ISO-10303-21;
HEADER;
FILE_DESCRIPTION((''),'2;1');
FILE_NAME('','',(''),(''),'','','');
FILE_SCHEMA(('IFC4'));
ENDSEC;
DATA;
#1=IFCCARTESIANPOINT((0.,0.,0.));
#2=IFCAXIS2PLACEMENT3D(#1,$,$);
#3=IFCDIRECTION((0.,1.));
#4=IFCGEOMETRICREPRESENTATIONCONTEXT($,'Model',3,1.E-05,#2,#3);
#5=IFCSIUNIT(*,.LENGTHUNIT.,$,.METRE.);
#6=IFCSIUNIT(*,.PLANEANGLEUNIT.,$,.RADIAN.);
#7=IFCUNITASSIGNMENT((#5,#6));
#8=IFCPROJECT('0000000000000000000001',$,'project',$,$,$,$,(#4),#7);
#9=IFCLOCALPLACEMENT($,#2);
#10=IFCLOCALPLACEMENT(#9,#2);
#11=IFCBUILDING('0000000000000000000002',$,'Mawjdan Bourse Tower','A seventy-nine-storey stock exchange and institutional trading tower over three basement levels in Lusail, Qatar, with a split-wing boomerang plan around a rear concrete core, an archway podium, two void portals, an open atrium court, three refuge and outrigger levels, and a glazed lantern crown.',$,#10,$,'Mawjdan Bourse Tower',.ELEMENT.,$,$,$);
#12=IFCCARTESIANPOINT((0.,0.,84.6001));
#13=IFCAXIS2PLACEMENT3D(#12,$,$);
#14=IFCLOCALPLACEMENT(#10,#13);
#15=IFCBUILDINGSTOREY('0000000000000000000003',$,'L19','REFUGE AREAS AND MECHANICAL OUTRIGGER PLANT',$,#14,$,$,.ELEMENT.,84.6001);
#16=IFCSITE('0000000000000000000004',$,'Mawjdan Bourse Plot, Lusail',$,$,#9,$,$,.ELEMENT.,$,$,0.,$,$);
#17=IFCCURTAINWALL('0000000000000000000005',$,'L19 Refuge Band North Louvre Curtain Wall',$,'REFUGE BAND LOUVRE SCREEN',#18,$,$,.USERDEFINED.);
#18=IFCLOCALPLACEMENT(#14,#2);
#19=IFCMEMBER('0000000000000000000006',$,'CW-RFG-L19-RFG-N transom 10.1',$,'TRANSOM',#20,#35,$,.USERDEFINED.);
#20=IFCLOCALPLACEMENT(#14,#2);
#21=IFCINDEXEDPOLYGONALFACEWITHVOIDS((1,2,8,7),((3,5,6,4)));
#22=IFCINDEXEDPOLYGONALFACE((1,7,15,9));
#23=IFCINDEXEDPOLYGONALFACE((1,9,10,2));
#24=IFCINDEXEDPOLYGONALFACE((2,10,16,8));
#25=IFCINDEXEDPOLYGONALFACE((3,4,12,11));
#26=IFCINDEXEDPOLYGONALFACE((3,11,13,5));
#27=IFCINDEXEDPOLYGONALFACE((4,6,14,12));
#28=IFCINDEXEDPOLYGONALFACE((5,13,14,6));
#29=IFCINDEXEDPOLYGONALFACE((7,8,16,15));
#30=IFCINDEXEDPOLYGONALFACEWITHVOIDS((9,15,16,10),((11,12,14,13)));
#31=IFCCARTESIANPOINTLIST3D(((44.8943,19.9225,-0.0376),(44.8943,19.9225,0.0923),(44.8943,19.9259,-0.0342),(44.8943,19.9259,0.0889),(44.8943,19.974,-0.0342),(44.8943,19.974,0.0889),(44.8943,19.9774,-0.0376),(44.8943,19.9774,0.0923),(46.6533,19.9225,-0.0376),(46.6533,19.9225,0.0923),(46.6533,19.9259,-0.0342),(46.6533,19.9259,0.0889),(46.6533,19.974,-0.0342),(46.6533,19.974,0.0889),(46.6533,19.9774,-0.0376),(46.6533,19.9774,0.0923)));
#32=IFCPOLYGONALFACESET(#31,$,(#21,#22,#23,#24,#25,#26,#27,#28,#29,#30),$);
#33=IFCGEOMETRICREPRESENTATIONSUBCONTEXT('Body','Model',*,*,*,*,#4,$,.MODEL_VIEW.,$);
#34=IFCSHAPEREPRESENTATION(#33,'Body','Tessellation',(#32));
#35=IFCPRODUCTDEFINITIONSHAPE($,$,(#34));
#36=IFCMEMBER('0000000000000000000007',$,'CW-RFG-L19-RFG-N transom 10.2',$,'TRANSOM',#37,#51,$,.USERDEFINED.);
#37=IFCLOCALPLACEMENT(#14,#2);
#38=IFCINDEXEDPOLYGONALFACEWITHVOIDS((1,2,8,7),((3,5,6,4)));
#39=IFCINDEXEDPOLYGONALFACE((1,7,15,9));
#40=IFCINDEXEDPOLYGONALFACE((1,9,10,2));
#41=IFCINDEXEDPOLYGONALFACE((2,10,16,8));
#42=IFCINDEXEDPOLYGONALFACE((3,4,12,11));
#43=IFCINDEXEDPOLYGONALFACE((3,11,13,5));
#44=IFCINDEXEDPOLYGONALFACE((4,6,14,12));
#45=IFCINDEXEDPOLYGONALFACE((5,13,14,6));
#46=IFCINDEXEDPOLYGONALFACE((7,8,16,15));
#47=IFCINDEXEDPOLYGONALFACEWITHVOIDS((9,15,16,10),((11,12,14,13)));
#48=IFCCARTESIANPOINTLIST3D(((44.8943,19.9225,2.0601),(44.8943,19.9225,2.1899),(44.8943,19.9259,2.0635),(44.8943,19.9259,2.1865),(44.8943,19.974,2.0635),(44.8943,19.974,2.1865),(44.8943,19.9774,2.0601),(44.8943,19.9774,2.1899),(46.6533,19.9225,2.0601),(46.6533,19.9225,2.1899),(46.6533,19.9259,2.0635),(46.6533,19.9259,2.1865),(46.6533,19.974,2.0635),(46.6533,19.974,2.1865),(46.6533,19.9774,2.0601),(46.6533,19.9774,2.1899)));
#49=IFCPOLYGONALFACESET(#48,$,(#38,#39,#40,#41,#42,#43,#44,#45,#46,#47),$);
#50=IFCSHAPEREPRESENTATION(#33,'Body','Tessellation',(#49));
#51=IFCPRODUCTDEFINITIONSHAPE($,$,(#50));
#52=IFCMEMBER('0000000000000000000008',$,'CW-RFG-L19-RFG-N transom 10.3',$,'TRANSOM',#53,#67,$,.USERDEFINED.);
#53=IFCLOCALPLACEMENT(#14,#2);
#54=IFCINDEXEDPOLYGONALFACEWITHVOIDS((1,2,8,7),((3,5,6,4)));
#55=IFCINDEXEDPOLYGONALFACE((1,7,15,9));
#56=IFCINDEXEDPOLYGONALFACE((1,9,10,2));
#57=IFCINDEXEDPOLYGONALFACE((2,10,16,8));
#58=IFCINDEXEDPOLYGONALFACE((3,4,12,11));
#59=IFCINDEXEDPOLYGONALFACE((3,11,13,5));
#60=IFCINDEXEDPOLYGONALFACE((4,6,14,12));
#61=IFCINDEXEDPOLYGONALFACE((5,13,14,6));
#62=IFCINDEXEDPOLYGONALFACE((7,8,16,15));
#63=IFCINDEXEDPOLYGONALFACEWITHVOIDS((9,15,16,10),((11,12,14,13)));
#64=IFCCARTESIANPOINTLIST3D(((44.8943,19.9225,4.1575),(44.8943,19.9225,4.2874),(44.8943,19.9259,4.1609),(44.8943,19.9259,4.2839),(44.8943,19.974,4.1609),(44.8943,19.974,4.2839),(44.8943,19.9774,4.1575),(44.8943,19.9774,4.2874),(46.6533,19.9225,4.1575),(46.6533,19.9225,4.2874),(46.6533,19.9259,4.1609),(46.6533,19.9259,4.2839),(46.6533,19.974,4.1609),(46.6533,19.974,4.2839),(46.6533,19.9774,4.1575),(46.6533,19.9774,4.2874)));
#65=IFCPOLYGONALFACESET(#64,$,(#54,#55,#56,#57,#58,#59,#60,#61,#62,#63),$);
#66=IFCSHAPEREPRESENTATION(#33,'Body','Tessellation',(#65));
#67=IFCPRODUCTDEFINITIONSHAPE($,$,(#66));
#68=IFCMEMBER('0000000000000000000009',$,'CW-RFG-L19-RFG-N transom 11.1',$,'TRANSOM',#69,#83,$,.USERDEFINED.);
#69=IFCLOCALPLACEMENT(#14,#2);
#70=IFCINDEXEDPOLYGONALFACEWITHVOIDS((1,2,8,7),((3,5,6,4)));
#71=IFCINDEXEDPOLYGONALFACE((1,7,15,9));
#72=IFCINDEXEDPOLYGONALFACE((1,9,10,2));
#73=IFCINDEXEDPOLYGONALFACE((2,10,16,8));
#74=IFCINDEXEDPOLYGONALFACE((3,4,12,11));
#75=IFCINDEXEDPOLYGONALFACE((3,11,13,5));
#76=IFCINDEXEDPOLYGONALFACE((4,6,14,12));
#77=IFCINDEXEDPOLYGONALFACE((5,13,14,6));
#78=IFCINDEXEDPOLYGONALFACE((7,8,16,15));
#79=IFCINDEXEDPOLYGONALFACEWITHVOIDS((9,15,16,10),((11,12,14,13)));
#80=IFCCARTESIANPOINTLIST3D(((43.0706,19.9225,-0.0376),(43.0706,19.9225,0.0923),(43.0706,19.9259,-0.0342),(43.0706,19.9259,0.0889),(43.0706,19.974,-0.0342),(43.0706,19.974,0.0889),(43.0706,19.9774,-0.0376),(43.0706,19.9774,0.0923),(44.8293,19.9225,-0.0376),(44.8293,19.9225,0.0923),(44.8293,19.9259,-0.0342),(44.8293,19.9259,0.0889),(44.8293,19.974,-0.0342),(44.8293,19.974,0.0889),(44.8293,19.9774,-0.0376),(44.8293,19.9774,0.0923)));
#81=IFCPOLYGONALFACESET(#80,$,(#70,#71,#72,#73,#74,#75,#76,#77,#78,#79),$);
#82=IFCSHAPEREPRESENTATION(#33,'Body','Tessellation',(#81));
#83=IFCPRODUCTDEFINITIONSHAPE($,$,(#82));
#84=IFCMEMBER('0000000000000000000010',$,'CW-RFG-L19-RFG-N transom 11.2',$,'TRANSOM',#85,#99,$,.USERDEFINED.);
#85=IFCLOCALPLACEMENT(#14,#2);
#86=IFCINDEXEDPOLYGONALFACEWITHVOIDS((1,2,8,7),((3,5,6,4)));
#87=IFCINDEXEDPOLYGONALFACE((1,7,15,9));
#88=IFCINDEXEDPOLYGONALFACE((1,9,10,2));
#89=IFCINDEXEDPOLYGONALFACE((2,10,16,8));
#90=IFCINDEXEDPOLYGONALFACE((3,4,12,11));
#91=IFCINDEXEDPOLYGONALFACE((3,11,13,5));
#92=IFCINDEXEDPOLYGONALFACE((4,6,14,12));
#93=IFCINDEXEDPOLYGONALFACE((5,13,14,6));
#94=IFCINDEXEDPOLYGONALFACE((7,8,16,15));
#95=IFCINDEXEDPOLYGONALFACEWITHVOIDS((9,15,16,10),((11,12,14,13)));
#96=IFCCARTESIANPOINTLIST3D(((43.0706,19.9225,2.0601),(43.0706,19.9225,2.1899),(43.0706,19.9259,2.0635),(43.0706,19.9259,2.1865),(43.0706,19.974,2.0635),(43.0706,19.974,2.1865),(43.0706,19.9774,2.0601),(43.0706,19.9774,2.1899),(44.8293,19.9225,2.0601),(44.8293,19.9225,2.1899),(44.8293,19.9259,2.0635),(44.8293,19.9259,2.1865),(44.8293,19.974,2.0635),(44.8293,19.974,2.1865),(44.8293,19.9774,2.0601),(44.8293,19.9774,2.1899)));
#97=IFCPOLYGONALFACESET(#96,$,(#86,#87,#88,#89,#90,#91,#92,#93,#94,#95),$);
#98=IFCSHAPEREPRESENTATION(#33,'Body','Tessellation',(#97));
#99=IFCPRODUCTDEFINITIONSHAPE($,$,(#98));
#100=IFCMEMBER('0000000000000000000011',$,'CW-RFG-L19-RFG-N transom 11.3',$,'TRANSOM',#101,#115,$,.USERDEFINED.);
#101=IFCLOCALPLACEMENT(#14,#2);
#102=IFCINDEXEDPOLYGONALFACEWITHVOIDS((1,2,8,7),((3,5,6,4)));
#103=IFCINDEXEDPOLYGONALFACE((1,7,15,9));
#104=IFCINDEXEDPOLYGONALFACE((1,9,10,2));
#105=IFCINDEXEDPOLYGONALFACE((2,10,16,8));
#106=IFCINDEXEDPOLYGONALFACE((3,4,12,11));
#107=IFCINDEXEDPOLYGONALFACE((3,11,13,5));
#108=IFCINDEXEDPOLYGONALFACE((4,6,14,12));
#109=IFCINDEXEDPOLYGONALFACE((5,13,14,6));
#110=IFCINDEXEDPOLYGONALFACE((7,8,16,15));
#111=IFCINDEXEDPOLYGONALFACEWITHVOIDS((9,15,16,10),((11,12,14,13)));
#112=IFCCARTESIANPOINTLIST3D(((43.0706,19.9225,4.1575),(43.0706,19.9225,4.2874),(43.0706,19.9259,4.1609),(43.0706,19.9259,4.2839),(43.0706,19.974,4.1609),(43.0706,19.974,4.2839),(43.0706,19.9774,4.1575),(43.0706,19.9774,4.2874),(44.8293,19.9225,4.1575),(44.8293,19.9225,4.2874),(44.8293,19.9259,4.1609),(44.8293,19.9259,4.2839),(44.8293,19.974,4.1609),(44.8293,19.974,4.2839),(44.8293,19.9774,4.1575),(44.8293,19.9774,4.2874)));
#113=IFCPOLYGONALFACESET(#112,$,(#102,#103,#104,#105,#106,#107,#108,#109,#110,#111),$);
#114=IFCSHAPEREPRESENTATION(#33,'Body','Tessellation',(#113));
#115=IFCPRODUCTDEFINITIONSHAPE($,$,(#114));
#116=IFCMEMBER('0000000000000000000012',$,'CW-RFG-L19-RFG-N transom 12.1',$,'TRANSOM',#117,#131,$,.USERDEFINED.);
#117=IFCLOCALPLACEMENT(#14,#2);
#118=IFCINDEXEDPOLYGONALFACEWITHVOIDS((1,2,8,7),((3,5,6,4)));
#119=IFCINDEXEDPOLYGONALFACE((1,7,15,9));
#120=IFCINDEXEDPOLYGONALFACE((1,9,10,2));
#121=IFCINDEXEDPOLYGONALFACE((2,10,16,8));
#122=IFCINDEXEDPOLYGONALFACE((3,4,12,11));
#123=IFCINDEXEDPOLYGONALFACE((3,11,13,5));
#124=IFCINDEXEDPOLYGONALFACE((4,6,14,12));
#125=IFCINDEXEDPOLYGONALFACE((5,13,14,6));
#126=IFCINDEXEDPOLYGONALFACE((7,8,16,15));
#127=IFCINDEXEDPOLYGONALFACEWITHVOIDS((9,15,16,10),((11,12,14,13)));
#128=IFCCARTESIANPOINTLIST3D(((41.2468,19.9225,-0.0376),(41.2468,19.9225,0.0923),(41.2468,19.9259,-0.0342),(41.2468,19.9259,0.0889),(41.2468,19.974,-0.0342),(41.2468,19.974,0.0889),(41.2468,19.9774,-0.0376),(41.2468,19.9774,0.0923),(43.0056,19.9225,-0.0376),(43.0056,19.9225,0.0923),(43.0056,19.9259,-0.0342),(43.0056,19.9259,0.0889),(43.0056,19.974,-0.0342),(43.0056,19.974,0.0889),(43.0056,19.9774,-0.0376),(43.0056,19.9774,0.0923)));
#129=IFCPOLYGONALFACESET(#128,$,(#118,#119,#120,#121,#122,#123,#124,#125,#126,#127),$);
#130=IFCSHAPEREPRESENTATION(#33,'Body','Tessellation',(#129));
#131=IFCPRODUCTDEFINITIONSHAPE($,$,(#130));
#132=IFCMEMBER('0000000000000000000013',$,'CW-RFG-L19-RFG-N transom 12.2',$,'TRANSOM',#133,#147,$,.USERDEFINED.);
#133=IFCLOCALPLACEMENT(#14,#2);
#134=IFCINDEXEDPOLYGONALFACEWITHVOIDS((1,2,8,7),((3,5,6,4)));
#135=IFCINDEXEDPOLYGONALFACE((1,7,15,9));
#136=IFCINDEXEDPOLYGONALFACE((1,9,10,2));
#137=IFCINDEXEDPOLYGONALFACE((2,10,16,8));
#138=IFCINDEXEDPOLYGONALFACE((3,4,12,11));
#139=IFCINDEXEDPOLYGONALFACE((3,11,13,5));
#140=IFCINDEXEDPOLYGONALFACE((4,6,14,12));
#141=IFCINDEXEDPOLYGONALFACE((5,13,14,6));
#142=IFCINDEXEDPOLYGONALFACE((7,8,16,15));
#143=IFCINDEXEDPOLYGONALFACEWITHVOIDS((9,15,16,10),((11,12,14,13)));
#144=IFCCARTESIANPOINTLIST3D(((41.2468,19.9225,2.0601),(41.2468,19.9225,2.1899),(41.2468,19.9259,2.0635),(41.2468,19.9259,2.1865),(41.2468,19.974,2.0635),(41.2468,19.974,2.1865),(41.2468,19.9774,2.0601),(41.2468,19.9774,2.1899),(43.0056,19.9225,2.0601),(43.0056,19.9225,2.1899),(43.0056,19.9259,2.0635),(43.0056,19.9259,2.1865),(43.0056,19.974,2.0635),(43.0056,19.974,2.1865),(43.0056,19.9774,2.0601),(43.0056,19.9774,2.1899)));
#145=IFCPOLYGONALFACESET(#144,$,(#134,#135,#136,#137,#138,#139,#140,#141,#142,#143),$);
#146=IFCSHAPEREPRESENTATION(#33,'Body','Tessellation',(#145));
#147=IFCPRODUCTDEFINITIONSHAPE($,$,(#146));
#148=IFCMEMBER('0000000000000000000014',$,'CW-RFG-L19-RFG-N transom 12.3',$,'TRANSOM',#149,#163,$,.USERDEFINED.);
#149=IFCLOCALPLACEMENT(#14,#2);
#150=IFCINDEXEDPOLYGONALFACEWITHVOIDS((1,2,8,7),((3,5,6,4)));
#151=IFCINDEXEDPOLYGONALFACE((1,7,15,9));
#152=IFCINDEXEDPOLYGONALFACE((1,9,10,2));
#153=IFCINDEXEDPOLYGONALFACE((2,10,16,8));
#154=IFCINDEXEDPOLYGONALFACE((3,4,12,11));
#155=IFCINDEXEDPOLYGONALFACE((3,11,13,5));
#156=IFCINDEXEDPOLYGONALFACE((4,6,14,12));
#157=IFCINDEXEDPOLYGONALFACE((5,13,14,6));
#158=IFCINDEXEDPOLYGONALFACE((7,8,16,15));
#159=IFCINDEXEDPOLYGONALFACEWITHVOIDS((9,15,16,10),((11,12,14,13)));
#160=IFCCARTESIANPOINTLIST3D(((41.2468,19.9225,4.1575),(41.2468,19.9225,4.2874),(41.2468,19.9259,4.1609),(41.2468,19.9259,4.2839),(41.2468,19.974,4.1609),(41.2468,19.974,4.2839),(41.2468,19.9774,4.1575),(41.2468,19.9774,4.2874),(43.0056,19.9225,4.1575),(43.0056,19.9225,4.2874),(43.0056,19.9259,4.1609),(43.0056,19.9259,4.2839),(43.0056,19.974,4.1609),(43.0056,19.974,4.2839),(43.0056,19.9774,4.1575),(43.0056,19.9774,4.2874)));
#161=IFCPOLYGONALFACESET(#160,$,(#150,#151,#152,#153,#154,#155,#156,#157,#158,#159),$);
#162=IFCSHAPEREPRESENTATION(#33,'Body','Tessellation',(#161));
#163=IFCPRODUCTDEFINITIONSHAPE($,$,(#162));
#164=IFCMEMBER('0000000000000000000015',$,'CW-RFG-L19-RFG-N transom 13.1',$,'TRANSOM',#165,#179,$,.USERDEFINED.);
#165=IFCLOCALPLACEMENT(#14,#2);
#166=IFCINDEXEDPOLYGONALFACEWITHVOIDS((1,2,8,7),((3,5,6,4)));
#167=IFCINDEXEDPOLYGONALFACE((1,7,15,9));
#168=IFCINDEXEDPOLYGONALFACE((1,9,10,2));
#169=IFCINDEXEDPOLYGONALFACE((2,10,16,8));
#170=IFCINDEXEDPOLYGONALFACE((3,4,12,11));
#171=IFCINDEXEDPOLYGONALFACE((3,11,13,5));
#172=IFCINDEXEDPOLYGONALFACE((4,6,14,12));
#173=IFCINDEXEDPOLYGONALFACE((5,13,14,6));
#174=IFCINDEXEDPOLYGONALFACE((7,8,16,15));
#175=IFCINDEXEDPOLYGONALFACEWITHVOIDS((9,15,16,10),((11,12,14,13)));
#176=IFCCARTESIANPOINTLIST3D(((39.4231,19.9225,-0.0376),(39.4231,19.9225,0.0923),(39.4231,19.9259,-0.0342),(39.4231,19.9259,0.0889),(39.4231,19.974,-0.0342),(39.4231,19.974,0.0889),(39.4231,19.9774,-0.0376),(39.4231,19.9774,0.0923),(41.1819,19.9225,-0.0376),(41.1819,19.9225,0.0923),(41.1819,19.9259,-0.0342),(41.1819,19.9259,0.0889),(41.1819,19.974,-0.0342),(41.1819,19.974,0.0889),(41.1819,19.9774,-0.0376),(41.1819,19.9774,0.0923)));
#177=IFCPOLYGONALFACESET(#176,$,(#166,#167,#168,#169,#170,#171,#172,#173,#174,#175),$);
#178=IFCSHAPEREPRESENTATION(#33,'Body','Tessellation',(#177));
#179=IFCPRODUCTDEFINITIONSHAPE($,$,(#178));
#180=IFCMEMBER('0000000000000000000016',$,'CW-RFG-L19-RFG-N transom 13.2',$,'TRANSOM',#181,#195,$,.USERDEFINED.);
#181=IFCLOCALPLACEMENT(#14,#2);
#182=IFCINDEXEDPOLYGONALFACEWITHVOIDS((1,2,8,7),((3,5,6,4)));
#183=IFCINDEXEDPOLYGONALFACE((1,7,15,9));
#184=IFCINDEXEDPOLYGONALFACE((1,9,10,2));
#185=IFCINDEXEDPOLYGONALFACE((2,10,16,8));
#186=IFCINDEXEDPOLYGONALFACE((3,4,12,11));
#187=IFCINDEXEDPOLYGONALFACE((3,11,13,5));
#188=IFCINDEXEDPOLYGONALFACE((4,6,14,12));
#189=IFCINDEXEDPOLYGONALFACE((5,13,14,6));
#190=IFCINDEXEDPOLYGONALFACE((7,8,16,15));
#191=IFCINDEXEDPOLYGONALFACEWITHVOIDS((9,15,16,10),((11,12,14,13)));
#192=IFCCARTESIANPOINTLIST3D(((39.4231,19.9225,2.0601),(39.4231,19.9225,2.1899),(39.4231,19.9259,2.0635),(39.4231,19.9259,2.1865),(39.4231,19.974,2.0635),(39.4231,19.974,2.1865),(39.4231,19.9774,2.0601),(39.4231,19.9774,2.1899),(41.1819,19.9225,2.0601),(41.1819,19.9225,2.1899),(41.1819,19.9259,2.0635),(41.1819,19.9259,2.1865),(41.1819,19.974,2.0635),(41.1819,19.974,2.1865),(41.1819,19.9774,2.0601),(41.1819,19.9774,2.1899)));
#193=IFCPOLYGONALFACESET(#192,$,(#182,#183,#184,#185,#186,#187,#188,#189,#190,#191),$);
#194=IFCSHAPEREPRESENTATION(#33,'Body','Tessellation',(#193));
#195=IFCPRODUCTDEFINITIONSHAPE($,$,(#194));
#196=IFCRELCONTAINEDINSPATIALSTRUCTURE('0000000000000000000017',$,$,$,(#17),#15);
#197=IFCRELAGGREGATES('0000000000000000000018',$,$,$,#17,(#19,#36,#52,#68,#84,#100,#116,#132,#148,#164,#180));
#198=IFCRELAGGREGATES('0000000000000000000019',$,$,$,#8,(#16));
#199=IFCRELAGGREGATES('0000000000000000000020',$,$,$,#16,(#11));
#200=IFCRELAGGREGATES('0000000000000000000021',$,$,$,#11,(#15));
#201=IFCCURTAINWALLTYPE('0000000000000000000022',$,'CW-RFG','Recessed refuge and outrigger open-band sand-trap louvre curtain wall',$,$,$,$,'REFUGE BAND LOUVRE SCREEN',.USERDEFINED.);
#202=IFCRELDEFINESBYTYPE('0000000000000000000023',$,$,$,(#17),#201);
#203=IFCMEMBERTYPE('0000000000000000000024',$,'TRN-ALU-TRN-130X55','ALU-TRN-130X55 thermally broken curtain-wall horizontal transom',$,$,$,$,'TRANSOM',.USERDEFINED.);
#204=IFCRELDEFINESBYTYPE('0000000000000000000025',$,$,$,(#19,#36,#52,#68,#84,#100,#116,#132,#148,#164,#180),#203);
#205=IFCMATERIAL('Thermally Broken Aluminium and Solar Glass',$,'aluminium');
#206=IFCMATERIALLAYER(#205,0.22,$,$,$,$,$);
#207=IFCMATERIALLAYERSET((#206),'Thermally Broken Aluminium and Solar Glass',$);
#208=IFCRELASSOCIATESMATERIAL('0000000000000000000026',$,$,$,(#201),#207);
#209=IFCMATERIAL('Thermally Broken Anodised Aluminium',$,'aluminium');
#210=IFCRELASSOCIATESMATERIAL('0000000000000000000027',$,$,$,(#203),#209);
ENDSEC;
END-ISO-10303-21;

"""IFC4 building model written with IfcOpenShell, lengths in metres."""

from ifc_helpers import new_model, si_unit, direction, frame, origin, origin_2d, place, context, subcontext, project, spatial, hollow_rectangle, extrude, material, layer, layer_set, material_profile, profile_set, type_object, element, aggregate, save


model = new_model("IFC4")

# Units and contexts
model_context = context("Model", 3, precision=1e-05, world=origin(), true_north=direction((0.0, 1.0)))
body_context = subcontext(model_context, "Body", "Model", "MODEL_VIEW")
ifc_project = project(units=[si_unit("LENGTHUNIT", "METRE"), si_unit("PLANEANGLEUNIT", "RADIAN")], contexts=[model_context])

# Site, building, storey
site_placement = place(None, origin())
site = spatial("IfcSite", under=ifc_project, at=site_placement, Name="Mawjdan Bourse Plot, Lusail", CompositionType="ELEMENT", RefElevation=0.0)
building_placement = place(site_placement, origin())
building = spatial("IfcBuilding", under=site, at=building_placement, Name="Mawjdan Bourse Tower", Description="A seventy-nine-storey stock exchange and institutional trading tower over three basement levels in Lusail, Qatar, with a split-wing boomerang plan around a rear concrete core, an archway podium, two void portals, an open atrium court, three refuge and outrigger levels, and a glazed lantern crown.", LongName="Mawjdan Bourse Tower", CompositionType="ELEMENT")
storey_placement = place(building_placement, frame((0.0, 0.0, 84.6001)))
storey = spatial("IfcBuildingStorey", under=building, at=storey_placement, Name="L19", Description="REFUGE AREAS AND MECHANICAL OUTRIGGER PLANT", CompositionType="ELEMENT", Elevation=84.6001)

# Curtain wall
ifc_material_1 = material(Name="Thermally Broken Aluminium and Solar Glass", Category="aluminium")
ifc_layer_1 = layer(ifc_material_1, 0.22)
ifc_layer_set_1 = layer_set([ifc_layer_1], Name="Thermally Broken Aluminium and Solar Glass")
curtain_wall_type = type_object("IfcCurtainWallType", Name="CW-RFG", Description="Recessed refuge and outrigger open-band sand-trap louvre curtain wall", ElementType="REFUGE BAND LOUVRE SCREEN", PredefinedType="USERDEFINED", material=ifc_layer_set_1)
curtain_wall_placement = place(storey_placement, origin())
curtain_wall = element("IfcCurtainWall", 1, at=curtain_wall_placement, inside=storey, type_object=curtain_wall_type, Name="L19 Refuge Band North Louvre Curtain Wall", ObjectType="REFUGE BAND LOUVRE SCREEN", PredefinedType="USERDEFINED")
ifc_material_2 = material(Name="Thermally Broken Anodised Aluminium", Category="aluminium")

# Members
ifc_material_profile_1 = material_profile(ifc_material_2, hollow_rectangle(XDim=0.0549, YDim=0.1299, WallThickness=0.0034, at=origin_2d()), Name="ALU-TRN-130X55")
ifc_profile_set_1 = profile_set([ifc_material_profile_1], Name="Thermally Broken Anodised Aluminium")
member_type_1 = type_object("IfcMemberType", Name="TRN-ALU-TRN-130X55", Description="ALU-TRN-130X55 thermally broken curtain-wall horizontal transom", ElementType="TRANSOM", PredefinedType="USERDEFINED", material=ifc_profile_set_1)
member_1_placement = place(storey_placement, frame((46.6533, 19.95, 0.0273), z_axis=(-1.0, 0.0, 0.0), x_axis=(0.0, -1.0, 0.0)))
member_1 = element("IfcMember", 2, at=member_1_placement, type_object=member_type_1, Name="CW-RFG-L19-RFG-N transom 10.1", ObjectType="TRANSOM", PredefinedType="USERDEFINED", context=body_context, shape_type="SweptSolid", body=[
    extrude(hollow_rectangle(XDim=0.0549, YDim=0.1299, WallThickness=0.0034, at=origin_2d()), origin(), (0.0, 0.0, 1.0), 1.759),
])
member_2_placement = place(storey_placement, frame((46.6533, 19.95, 2.125), z_axis=(-1.0, 0.0, 0.0), x_axis=(0.0, -1.0, 0.0)))
member_2 = element("IfcMember", 3, at=member_2_placement, type_object=member_type_1, Name="CW-RFG-L19-RFG-N transom 10.2", ObjectType="TRANSOM", PredefinedType="USERDEFINED", context=body_context, shape_type="SweptSolid", body=[
    extrude(hollow_rectangle(XDim=0.0549, YDim=0.1299, WallThickness=0.0034, at=origin_2d()), origin(), (0.0, 0.0, 1.0), 1.759),
])
member_3_placement = place(storey_placement, frame((46.6533, 19.95, 4.2224), z_axis=(-1.0, 0.0, 0.0), x_axis=(0.0, -1.0, 0.0)))
member_3 = element("IfcMember", 4, at=member_3_placement, type_object=member_type_1, Name="CW-RFG-L19-RFG-N transom 10.3", ObjectType="TRANSOM", PredefinedType="USERDEFINED", context=body_context, shape_type="SweptSolid", body=[
    extrude(hollow_rectangle(XDim=0.0549, YDim=0.1299, WallThickness=0.0034, at=origin_2d()), origin(), (0.0, 0.0, 1.0), 1.759),
])
member_4_placement = place(storey_placement, frame((44.8293, 19.95, 0.0273), z_axis=(-1.0, 0.0, 0.0), x_axis=(0.0, -1.0, 0.0)))
member_4 = element("IfcMember", 5, at=member_4_placement, type_object=member_type_1, Name="CW-RFG-L19-RFG-N transom 11.1", ObjectType="TRANSOM", PredefinedType="USERDEFINED", context=body_context, shape_type="SweptSolid", body=[
    extrude(hollow_rectangle(XDim=0.0549, YDim=0.1299, WallThickness=0.0034, at=origin_2d()), origin(), (0.0, 0.0, 1.0), 1.7588),
])
member_5_placement = place(storey_placement, frame((44.8293, 19.95, 2.125), z_axis=(-1.0, 0.0, 0.0), x_axis=(0.0, -1.0, 0.0)))
member_5 = element("IfcMember", 6, at=member_5_placement, type_object=member_type_1, Name="CW-RFG-L19-RFG-N transom 11.2", ObjectType="TRANSOM", PredefinedType="USERDEFINED", context=body_context, shape_type="SweptSolid", body=[
    extrude(hollow_rectangle(XDim=0.0549, YDim=0.1299, WallThickness=0.0034, at=origin_2d()), origin(), (0.0, 0.0, 1.0), 1.7588),
])
member_6_placement = place(storey_placement, frame((44.8293, 19.95, 4.2224), z_axis=(-1.0, 0.0, 0.0), x_axis=(0.0, -1.0, 0.0)))
member_6 = element("IfcMember", 7, at=member_6_placement, type_object=member_type_1, Name="CW-RFG-L19-RFG-N transom 11.3", ObjectType="TRANSOM", PredefinedType="USERDEFINED", context=body_context, shape_type="SweptSolid", body=[
    extrude(hollow_rectangle(XDim=0.0549, YDim=0.1299, WallThickness=0.0034, at=origin_2d()), origin(), (0.0, 0.0, 1.0), 1.7588),
])
member_7_placement = place(storey_placement, frame((43.0056, 19.95, 0.0273), z_axis=(-1.0, 0.0, 0.0), x_axis=(0.0, -1.0, 0.0)))
member_7 = element("IfcMember", 8, at=member_7_placement, type_object=member_type_1, Name="CW-RFG-L19-RFG-N transom 12.1", ObjectType="TRANSOM", PredefinedType="USERDEFINED", context=body_context, shape_type="SweptSolid", body=[
    extrude(hollow_rectangle(XDim=0.0549, YDim=0.1299, WallThickness=0.0034, at=origin_2d()), origin(), (0.0, 0.0, 1.0), 1.7588),
])
member_8_placement = place(storey_placement, frame((43.0056, 19.95, 2.125), z_axis=(-1.0, 0.0, 0.0), x_axis=(0.0, -1.0, 0.0)))
member_8 = element("IfcMember", 9, at=member_8_placement, type_object=member_type_1, Name="CW-RFG-L19-RFG-N transom 12.2", ObjectType="TRANSOM", PredefinedType="USERDEFINED", context=body_context, shape_type="SweptSolid", body=[
    extrude(hollow_rectangle(XDim=0.0549, YDim=0.1299, WallThickness=0.0034, at=origin_2d()), origin(), (0.0, 0.0, 1.0), 1.7588),
])
member_9_placement = place(storey_placement, frame((43.0056, 19.95, 4.2224), z_axis=(-1.0, 0.0, 0.0), x_axis=(0.0, -1.0, 0.0)))
member_9 = element("IfcMember", 10, at=member_9_placement, type_object=member_type_1, Name="CW-RFG-L19-RFG-N transom 12.3", ObjectType="TRANSOM", PredefinedType="USERDEFINED", context=body_context, shape_type="SweptSolid", body=[
    extrude(hollow_rectangle(XDim=0.0549, YDim=0.1299, WallThickness=0.0034, at=origin_2d()), origin(), (0.0, 0.0, 1.0), 1.7588),
])
member_10_placement = place(storey_placement, frame((41.1819, 19.95, 0.0273), z_axis=(-1.0, 0.0, 0.0), x_axis=(0.0, -1.0, 0.0)))
member_10 = element("IfcMember", 11, at=member_10_placement, type_object=member_type_1, Name="CW-RFG-L19-RFG-N transom 13.1", ObjectType="TRANSOM", PredefinedType="USERDEFINED", context=body_context, shape_type="SweptSolid", body=[
    extrude(hollow_rectangle(XDim=0.0549, YDim=0.1299, WallThickness=0.0034, at=origin_2d()), origin(), (0.0, 0.0, 1.0), 1.7588),
])
member_11_placement = place(storey_placement, frame((41.1819, 19.95, 2.125), z_axis=(-1.0, 0.0, 0.0), x_axis=(0.0, -1.0, 0.0)))
member_11 = element("IfcMember", 12, at=member_11_placement, type_object=member_type_1, Name="CW-RFG-L19-RFG-N transom 13.2", ObjectType="TRANSOM", PredefinedType="USERDEFINED", context=body_context, shape_type="SweptSolid", body=[
    extrude(hollow_rectangle(XDim=0.0549, YDim=0.1299, WallThickness=0.0034, at=origin_2d()), origin(), (0.0, 0.0, 1.0), 1.7588),
])

aggregate(curtain_wall, [member_1, member_2, member_3, member_4, member_5, member_6, member_7, member_8, member_9, member_10, member_11])

save(model, "model.ifc")
